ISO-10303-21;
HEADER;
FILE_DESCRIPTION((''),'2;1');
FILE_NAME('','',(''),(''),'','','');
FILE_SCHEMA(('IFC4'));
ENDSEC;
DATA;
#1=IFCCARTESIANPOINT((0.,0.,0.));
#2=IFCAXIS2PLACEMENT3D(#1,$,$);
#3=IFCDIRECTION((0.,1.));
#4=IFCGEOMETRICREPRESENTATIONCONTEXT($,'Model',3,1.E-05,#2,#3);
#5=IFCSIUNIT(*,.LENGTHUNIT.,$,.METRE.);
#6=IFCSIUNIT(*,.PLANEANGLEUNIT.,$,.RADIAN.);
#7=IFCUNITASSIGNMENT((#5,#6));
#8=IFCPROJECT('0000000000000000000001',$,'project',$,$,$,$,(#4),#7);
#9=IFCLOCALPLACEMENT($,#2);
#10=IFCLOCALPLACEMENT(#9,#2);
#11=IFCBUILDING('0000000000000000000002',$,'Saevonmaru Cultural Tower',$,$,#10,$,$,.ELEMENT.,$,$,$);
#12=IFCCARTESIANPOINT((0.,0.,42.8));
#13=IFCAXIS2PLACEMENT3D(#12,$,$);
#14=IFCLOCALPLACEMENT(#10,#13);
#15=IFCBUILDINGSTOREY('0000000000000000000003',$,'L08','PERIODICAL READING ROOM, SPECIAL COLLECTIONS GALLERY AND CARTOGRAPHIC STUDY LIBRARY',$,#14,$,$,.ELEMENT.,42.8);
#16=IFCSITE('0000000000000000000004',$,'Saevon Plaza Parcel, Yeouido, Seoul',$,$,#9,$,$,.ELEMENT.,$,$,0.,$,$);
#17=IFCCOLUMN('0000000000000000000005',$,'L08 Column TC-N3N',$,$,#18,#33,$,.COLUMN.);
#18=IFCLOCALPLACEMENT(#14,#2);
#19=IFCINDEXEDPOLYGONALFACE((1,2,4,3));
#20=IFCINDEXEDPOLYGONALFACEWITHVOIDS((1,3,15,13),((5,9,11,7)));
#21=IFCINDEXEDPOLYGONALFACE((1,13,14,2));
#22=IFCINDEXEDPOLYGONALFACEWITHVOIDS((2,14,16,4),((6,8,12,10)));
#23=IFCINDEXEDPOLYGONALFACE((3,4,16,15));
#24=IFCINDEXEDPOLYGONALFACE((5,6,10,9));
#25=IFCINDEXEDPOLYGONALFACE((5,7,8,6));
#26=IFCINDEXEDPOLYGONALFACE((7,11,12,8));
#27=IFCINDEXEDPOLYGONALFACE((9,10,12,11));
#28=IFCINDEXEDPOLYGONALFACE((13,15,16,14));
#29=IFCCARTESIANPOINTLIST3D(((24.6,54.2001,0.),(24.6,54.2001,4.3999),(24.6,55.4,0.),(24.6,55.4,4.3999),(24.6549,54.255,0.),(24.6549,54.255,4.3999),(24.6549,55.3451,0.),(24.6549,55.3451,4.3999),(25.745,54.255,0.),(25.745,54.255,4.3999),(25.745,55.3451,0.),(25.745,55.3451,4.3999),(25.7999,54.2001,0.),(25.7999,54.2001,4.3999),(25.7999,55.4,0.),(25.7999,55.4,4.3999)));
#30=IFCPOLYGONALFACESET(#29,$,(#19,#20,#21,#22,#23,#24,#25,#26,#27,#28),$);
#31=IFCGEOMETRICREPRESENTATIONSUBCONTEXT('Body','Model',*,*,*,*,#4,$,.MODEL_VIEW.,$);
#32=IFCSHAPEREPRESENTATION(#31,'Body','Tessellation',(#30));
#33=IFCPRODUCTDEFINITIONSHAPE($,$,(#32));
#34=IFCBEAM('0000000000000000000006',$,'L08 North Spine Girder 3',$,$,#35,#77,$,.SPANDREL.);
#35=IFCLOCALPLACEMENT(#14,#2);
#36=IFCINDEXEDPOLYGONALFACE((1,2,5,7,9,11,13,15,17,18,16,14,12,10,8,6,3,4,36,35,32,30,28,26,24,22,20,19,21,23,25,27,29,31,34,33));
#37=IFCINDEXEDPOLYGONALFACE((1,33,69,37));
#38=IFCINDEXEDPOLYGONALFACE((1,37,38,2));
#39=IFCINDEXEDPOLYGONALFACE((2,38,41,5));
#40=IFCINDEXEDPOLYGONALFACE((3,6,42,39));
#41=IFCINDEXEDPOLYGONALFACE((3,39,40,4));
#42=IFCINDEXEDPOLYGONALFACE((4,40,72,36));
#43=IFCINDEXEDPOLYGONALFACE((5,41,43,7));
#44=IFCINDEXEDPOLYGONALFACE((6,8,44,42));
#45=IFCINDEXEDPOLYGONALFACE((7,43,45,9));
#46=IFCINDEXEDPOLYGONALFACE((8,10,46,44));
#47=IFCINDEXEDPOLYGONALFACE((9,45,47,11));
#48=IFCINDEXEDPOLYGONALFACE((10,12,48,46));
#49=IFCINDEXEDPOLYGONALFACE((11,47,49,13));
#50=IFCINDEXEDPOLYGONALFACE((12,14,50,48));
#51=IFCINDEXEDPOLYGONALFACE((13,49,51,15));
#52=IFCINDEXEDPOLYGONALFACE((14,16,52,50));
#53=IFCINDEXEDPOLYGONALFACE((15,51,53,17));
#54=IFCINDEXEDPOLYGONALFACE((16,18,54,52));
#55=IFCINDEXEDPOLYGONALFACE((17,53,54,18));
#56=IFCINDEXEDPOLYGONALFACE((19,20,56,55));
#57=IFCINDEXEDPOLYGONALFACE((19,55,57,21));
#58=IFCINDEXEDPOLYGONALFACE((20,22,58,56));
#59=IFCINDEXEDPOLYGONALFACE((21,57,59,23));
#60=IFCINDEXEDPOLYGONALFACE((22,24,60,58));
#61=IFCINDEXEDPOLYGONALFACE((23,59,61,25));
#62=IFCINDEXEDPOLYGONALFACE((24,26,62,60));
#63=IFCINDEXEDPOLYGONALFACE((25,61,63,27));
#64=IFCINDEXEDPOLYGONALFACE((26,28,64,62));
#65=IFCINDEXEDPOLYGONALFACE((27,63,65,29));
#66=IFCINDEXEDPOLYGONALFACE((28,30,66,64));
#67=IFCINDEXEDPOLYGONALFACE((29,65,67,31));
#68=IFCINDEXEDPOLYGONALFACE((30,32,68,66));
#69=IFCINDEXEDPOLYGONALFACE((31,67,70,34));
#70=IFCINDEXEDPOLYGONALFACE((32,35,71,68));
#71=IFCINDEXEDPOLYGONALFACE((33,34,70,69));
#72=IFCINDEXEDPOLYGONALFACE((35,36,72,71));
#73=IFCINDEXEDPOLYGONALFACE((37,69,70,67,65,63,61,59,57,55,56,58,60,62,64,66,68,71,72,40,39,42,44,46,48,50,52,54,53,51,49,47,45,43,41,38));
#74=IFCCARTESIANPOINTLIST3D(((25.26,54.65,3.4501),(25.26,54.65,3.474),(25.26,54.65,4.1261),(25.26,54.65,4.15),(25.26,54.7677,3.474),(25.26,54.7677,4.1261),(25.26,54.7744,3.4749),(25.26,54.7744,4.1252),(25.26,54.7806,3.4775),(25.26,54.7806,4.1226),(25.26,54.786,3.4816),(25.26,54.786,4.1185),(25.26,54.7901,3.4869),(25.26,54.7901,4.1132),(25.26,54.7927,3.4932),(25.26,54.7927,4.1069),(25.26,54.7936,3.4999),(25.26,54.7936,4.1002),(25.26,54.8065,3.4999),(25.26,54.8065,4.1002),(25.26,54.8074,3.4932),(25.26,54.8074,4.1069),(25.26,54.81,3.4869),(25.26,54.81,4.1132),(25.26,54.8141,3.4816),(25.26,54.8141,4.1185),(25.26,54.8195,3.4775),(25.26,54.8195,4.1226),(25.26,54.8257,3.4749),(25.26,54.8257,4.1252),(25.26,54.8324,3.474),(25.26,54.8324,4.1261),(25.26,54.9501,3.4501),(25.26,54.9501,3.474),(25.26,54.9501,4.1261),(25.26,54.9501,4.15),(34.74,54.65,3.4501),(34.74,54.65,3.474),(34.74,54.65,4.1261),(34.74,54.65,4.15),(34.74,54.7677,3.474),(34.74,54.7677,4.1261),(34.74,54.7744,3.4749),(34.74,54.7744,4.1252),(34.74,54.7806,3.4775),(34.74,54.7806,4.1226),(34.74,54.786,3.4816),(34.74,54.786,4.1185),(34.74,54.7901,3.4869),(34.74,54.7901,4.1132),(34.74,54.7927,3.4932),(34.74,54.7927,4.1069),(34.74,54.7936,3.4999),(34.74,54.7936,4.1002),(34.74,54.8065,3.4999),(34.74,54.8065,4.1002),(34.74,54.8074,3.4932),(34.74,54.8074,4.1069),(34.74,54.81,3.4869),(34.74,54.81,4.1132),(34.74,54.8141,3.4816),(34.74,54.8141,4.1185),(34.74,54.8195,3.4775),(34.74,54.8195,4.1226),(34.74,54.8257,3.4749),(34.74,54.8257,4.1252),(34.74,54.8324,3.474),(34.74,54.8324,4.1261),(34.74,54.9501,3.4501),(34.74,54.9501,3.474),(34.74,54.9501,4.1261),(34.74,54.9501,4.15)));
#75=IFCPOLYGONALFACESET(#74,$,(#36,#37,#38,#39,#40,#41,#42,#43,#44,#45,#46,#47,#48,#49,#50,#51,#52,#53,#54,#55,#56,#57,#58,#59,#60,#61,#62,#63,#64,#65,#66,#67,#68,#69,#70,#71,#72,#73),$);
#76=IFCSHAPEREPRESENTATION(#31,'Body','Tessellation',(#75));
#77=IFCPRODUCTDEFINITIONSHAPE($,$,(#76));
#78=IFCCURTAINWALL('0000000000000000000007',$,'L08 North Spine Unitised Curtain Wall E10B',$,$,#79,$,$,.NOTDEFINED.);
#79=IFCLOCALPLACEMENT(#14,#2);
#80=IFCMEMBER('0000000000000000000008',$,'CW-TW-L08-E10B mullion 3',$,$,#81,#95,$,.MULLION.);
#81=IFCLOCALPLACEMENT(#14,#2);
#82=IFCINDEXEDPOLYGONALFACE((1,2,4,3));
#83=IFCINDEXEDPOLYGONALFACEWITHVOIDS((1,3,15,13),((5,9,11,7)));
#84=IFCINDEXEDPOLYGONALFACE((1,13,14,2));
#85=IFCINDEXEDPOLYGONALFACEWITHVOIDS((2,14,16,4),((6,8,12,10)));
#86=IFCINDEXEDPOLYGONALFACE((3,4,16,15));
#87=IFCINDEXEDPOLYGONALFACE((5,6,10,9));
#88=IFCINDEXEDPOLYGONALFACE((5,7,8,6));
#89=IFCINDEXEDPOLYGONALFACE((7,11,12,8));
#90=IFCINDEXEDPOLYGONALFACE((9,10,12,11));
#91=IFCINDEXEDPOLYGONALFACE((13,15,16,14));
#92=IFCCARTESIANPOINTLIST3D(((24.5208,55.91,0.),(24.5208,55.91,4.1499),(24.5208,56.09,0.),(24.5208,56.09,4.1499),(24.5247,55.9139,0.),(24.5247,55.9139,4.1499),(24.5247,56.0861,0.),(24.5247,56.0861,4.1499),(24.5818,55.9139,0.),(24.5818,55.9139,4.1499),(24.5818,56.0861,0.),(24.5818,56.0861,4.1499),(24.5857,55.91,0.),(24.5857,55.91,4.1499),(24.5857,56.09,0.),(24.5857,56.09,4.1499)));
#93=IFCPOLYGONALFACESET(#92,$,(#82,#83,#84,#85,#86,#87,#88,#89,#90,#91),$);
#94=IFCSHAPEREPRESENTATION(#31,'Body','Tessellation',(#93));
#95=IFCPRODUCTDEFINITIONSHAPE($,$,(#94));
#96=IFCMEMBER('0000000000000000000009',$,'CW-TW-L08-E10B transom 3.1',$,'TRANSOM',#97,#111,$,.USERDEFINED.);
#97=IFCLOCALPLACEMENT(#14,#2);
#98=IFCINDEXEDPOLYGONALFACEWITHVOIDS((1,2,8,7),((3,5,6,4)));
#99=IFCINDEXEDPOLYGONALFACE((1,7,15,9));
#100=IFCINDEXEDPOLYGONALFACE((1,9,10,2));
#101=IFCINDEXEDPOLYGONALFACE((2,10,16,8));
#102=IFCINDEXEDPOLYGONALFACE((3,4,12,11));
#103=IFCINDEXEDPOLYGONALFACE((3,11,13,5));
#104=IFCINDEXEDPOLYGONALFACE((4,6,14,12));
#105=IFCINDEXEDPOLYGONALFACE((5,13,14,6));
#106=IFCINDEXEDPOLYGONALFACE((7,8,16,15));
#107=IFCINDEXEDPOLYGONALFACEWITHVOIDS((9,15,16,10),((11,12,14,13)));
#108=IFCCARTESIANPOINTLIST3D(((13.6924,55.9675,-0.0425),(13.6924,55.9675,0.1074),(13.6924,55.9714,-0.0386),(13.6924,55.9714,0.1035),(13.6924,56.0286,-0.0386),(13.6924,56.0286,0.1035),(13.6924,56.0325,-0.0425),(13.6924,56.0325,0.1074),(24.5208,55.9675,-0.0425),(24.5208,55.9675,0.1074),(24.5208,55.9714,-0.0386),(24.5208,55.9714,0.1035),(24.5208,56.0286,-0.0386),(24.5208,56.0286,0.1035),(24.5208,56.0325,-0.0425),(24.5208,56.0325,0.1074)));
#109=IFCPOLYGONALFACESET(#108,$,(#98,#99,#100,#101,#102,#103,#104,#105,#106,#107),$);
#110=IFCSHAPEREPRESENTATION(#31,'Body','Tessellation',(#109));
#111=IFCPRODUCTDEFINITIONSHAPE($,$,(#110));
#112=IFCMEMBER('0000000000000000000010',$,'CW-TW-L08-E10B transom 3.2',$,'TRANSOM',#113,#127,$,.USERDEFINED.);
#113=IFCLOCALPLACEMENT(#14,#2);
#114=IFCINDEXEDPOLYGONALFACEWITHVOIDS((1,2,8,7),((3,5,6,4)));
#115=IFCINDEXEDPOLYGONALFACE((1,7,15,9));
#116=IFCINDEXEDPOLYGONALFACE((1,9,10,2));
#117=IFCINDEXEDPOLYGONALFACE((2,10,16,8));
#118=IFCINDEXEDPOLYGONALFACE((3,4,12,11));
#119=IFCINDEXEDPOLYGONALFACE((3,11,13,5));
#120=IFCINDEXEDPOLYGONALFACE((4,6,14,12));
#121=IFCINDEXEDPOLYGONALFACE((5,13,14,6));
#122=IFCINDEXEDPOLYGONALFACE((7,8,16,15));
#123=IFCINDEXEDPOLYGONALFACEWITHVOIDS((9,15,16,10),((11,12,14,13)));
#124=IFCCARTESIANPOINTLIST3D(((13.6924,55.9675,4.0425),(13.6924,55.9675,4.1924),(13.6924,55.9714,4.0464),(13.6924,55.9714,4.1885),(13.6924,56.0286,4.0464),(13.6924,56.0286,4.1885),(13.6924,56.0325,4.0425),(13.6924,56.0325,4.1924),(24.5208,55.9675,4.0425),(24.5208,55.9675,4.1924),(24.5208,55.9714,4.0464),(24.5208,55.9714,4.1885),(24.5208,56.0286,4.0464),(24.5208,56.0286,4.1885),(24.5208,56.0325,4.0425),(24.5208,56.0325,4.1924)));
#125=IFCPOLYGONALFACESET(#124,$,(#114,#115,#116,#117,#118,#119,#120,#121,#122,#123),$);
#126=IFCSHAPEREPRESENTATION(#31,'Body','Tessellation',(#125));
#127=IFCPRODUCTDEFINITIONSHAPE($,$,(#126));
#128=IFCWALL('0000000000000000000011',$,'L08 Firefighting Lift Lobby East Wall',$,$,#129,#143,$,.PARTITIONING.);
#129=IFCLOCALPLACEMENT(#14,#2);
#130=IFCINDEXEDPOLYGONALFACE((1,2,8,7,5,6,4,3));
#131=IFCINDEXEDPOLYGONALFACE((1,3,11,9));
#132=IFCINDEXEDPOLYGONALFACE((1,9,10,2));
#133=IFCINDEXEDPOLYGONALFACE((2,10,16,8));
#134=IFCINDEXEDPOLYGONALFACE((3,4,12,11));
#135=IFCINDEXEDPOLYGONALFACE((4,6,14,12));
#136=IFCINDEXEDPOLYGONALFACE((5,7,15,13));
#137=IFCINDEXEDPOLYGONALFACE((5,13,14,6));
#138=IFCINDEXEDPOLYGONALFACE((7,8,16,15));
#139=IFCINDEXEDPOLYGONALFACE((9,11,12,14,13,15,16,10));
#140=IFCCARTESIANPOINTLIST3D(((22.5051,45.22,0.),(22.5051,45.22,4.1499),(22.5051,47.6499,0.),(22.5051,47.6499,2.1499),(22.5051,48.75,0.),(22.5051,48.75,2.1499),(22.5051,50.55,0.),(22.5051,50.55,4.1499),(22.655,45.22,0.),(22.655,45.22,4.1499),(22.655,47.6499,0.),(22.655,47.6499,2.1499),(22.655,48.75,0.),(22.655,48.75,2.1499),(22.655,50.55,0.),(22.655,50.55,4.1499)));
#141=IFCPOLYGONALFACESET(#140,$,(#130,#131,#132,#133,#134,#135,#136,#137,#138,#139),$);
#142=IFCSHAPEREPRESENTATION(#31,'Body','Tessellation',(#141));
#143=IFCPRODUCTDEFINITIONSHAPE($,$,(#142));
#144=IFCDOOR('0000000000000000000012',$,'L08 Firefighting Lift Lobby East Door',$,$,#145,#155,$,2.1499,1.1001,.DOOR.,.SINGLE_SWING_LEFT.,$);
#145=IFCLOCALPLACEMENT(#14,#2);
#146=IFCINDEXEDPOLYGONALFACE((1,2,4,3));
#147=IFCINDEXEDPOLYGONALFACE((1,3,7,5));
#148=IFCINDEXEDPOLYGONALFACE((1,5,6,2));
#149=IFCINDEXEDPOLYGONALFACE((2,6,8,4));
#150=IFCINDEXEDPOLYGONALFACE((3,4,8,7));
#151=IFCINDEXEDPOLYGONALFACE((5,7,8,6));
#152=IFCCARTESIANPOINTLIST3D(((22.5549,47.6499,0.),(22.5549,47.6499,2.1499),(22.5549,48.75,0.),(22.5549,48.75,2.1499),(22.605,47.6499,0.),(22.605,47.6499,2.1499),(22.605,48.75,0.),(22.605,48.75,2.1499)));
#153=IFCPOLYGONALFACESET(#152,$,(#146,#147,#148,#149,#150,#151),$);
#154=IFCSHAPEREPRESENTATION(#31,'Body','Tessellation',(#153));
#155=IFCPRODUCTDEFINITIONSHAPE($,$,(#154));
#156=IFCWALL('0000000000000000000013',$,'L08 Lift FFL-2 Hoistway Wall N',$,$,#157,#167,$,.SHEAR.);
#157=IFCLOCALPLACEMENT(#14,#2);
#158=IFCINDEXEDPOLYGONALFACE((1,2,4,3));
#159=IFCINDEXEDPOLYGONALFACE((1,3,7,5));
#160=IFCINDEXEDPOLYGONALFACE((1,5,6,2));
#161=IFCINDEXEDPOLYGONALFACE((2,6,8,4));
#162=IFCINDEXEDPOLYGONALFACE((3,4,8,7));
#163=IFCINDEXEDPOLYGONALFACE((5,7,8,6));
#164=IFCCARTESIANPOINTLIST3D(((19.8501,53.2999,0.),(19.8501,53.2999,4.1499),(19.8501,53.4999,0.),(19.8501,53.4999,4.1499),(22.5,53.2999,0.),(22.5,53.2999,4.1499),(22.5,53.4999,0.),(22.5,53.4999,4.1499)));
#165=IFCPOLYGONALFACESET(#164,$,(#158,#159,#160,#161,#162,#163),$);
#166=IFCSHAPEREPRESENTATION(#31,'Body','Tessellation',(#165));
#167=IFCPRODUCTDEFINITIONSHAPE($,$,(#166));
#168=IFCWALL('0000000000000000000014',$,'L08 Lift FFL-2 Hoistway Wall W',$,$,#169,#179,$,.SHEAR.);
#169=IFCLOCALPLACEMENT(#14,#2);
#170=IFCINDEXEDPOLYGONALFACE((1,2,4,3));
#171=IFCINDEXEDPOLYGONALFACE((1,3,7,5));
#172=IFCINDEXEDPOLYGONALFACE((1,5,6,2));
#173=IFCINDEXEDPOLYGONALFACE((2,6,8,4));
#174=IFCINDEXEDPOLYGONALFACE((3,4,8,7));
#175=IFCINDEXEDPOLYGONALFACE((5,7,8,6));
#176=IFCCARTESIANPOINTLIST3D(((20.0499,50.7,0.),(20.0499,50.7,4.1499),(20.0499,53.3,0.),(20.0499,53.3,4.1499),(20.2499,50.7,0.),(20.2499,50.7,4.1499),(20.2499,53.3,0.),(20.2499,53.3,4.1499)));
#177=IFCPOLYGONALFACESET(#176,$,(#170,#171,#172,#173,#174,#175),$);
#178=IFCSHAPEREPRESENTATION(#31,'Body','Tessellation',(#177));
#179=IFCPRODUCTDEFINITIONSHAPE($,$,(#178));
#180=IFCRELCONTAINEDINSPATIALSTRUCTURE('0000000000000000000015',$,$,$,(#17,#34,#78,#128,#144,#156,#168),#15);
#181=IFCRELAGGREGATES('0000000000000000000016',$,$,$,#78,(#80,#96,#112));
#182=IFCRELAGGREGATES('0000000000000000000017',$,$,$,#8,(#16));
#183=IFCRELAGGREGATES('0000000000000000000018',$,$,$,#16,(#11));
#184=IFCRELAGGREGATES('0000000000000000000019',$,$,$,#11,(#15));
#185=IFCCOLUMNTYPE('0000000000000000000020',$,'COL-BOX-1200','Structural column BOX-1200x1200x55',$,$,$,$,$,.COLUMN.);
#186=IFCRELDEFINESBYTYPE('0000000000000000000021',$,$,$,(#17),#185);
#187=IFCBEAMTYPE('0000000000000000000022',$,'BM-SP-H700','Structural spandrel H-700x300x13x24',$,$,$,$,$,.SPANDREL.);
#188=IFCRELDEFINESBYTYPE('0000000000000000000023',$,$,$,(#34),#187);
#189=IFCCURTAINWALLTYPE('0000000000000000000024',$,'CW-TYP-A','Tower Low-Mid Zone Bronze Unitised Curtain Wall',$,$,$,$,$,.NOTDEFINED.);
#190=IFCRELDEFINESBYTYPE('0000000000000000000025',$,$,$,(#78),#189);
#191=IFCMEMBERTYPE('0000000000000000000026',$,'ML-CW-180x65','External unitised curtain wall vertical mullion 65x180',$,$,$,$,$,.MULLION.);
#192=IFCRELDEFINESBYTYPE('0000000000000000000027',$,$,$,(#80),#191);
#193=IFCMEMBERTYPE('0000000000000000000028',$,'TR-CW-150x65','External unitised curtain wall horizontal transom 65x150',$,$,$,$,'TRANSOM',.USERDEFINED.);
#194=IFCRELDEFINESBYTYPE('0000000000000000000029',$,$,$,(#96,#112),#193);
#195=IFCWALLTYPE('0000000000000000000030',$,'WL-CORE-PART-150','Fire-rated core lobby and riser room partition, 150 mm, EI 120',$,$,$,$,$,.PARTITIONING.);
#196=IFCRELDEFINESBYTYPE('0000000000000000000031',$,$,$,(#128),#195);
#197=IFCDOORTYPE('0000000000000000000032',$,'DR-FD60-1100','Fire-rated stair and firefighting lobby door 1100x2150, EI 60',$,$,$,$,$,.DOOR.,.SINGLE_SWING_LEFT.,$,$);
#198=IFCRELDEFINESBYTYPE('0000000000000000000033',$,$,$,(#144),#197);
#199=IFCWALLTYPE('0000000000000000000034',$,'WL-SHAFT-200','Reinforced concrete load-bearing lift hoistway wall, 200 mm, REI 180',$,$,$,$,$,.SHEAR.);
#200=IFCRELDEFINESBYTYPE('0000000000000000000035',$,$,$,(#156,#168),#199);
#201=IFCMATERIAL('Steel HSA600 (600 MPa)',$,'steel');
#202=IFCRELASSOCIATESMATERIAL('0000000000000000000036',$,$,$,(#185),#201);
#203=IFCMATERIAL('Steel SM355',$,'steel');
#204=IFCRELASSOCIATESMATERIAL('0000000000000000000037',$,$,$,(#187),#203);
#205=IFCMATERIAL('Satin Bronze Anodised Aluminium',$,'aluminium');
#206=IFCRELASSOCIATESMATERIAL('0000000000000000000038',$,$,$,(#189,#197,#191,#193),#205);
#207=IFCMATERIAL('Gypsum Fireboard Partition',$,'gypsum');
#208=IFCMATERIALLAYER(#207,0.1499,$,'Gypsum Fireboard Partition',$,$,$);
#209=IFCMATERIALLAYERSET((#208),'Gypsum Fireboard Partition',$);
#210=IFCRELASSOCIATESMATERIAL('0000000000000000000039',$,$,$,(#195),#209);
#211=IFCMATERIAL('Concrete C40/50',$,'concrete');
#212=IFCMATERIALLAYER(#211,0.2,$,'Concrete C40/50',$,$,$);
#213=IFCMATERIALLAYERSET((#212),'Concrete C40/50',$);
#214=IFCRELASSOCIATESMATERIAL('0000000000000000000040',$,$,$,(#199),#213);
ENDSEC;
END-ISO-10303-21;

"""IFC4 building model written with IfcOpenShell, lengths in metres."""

from ifc_helpers import new_model, si_unit, direction, frame, frame_2d, origin, origin_2d, place, context, subcontext, project, spatial, rectangle, hollow_rectangle, i_section, extrude, material, layer, layer_set, material_profile, profile_set, type_object, element, fill, aggregate, save


model = new_model("IFC4")

# Units and contexts
model_context = context("Model", 3, precision=1e-05, world=origin(), true_north=direction((0.0, 1.0)))
body_context = subcontext(model_context, "Body", "Model", "MODEL_VIEW")
ifc_project = project(units=[si_unit("LENGTHUNIT", "METRE"), si_unit("PLANEANGLEUNIT", "RADIAN")], contexts=[model_context])

# Site, building, storey
site_placement = place(None, origin())
site = spatial("IfcSite", under=ifc_project, at=site_placement, Name="Saevon Plaza Parcel, Yeouido, Seoul", CompositionType="ELEMENT", RefElevation=0.0)
building_placement = place(site_placement, origin())
building = spatial("IfcBuilding", under=site, at=building_placement, Name="Saevonmaru Cultural Tower", CompositionType="ELEMENT")
storey_placement = place(building_placement, frame((0.0, 0.0, 42.8)))
storey = spatial("IfcBuildingStorey", under=building, at=storey_placement, Name="L08", Description="PERIODICAL READING ROOM, SPECIAL COLLECTIONS GALLERY AND CARTOGRAPHIC STUDY LIBRARY", CompositionType="ELEMENT", Elevation=42.8)

# Column
ifc_material_1 = material(Name="Steel HSA600 (600 MPa)", Category="steel")
ifc_material_profile_1 = material_profile(ifc_material_1, hollow_rectangle(XDim=1.2, YDim=1.2, WallThickness=0.0549, at=origin_2d()), Name="BOX-1200x1200x55")
ifc_profile_set_1 = profile_set([ifc_material_profile_1], Name="Steel HSA600 (600 MPa)")
column_type = type_object("IfcColumnType", Name="COL-BOX-1200", Description="Structural column BOX-1200x1200x55", PredefinedType="COLUMN", material=ifc_profile_set_1)
column_placement = place(storey_placement, frame((25.2, 54.8, 0.0), z_axis=(0.0, 0.0, 1.0), x_axis=(1.0, 0.0, 0.0)))
element("IfcColumn", 1, at=column_placement, inside=storey, type_object=column_type, Name="L08 Column TC-N3N", PredefinedType="COLUMN", context=body_context, shape_type="SweptSolid", body=[
    extrude(hollow_rectangle(XDim=1.2, YDim=1.2, WallThickness=0.0549, at=origin_2d()), origin(), (0.0, 0.0, 1.0), 4.3999),
])

# Beam
ifc_material_2 = material(Name="Steel SM355", Category="steel")
ifc_material_profile_2 = material_profile(ifc_material_2, i_section(OverallWidth=0.3, OverallDepth=0.7, WebThickness=0.0129, FlangeThickness=0.0239, FilletRadius=0.0259, at=origin_2d()), Name="H-700x300x13x24")
ifc_profile_set_2 = profile_set([ifc_material_profile_2], Name="Steel SM355")
beam_type = type_object("IfcBeamType", Name="BM-SP-H700", Description="Structural spandrel H-700x300x13x24", PredefinedType="SPANDREL", material=ifc_profile_set_2)
beam_placement = place(storey_placement, frame((25.26, 54.8, 3.8), z_axis=(1.0, 0.0, 0.0), x_axis=(0.0, 1.0, 0.0)))
element("IfcBeam", 2, at=beam_placement, inside=storey, type_object=beam_type, Name="L08 North Spine Girder 3", PredefinedType="SPANDREL", context=body_context, shape_type="SweptSolid", body=[
    extrude(i_section(OverallWidth=0.3, OverallDepth=0.7, WebThickness=0.0129, FlangeThickness=0.0239, FilletRadius=0.0259, at=origin_2d()), origin(), (0.0, 0.0, 1.0), 9.48),
])

# Curtain wall, members
ifc_material_3 = material(Name="Satin Bronze Anodised Aluminium", Category="aluminium")
curtain_wall_type = type_object("IfcCurtainWallType", Name="CW-TYP-A", Description="Tower Low-Mid Zone Bronze Unitised Curtain Wall", PredefinedType="NOTDEFINED", material=ifc_material_3)
curtain_wall_placement = place(storey_placement, origin())
curtain_wall = element("IfcCurtainWall", 3, at=curtain_wall_placement, inside=storey, type_object=curtain_wall_type, Name="L08 North Spine Unitised Curtain Wall E10B", PredefinedType="NOTDEFINED")
ifc_material_profile_3 = material_profile(ifc_material_3, hollow_rectangle(XDim=0.0649, YDim=0.1799, WallThickness=0.0039, at=origin_2d()), Name="ALU-MULL-180x65x4")
ifc_profile_set_3 = profile_set([ifc_material_profile_3], Name="Satin Bronze Anodised Aluminium")
member_type_1 = type_object("IfcMemberType", Name="ML-CW-180x65", Description="External unitised curtain wall vertical mullion 65x180", PredefinedType="MULLION", material=ifc_profile_set_3)
member_1_placement = place(storey_placement, frame((24.5532, 56.0, 0.0), z_axis=(0.0, 0.0, 1.0), x_axis=(-1.0, 0.0, 0.0)))
member_1 = element("IfcMember", 4, at=member_1_placement, type_object=member_type_1, Name="CW-TW-L08-E10B mullion 3", PredefinedType="MULLION", context=body_context, shape_type="SweptSolid", body=[
    extrude(hollow_rectangle(XDim=0.0649, YDim=0.1799, WallThickness=0.0039, at=origin_2d()), origin(), (0.0, 0.0, 1.0), 4.1499),
])
ifc_material_profile_4 = material_profile(ifc_material_3, hollow_rectangle(XDim=0.0649, YDim=0.1499, WallThickness=0.0039, at=origin_2d()), Name="ALU-TRAN-150x65x4")
ifc_profile_set_4 = profile_set([ifc_material_profile_4], Name="Satin Bronze Anodised Aluminium")
member_type_2 = type_object("IfcMemberType", Name="TR-CW-150x65", Description="External unitised curtain wall horizontal transom 65x150", ElementType="TRANSOM", PredefinedType="USERDEFINED", material=ifc_profile_set_4)
member_2_placement = place(storey_placement, frame((24.5208, 56.0, 0.0325), z_axis=(-1.0, 0.0, 0.0), x_axis=(0.0, -1.0, 0.0)))
member_2 = element("IfcMember", 5, at=member_2_placement, type_object=member_type_2, Name="CW-TW-L08-E10B transom 3.1", ObjectType="TRANSOM", PredefinedType="USERDEFINED", context=body_context, shape_type="SweptSolid", body=[
    extrude(hollow_rectangle(XDim=0.0649, YDim=0.1499, WallThickness=0.0039, at=origin_2d()), origin(), (0.0, 0.0, 1.0), 10.8284),
])
member_3_placement = place(storey_placement, frame((24.5208, 56.0, 4.1174), z_axis=(-1.0, 0.0, 0.0), x_axis=(0.0, -1.0, 0.0)))
member_3 = element("IfcMember", 6, at=member_3_placement, type_object=member_type_2, Name="CW-TW-L08-E10B transom 3.2", ObjectType="TRANSOM", PredefinedType="USERDEFINED", context=body_context, shape_type="SweptSolid", body=[
    extrude(hollow_rectangle(XDim=0.0649, YDim=0.1499, WallThickness=0.0039, at=origin_2d()), origin(), (0.0, 0.0, 1.0), 10.8284),
])
aggregate(curtain_wall, [member_1, member_2, member_3])

# Wall, opening, door
ifc_material_4 = material(Name="Gypsum Fireboard Partition", Category="gypsum")
ifc_layer_1 = layer(ifc_material_4, 0.1499, Name="Gypsum Fireboard Partition")
ifc_layer_set_1 = layer_set([ifc_layer_1], Name="Gypsum Fireboard Partition")
wall_type_1 = type_object("IfcWallType", Name="WL-CORE-PART-150", Description="Fire-rated core lobby and riser room partition, 150 mm, EI 120", PredefinedType="PARTITIONING", material=ifc_layer_set_1)
wall_1_placement = place(storey_placement, frame((22.5801, 50.55, 0.0), z_axis=(0.0, 0.0, 1.0), x_axis=(0.0, -1.0, 0.0)))
wall_1 = element("IfcWall", 7, at=wall_1_placement, inside=storey, type_object=wall_type_1, Name="L08 Firefighting Lift Lobby East Wall", PredefinedType="PARTITIONING", context=body_context, shape_type="SweptSolid", body=[
    extrude(rectangle(XDim=5.3301, YDim=0.1499, at=frame_2d((2.665, 0.0))), origin(), (0.0, 0.0, 1.0), 4.1499),
])
opening_1_placement = place(wall_1_placement, frame((1.8, 0.0, 0.0)))
opening_1 = element("IfcOpeningElement", 8, at=opening_1_placement, cuts=wall_1, PredefinedType="OPENING", context=body_context, shape_type="SweptSolid", body=[
    extrude(rectangle(XDim=1.1001, YDim=2.1499, at=frame_2d((0.55, 1.075))), frame((0.0, 0.085, 0.0), z_axis=(0.0, -1.0, 0.0), x_axis=(1.0, 0.0, 0.0)), (0.0, 0.0, 1.0), 0.1699),
])
door_type_1 = type_object("IfcDoorType", Name="DR-FD60-1100", Description="Fire-rated stair and firefighting lobby door 1100x2150, EI 60", OperationType="SINGLE_SWING_LEFT", PredefinedType="DOOR", material=ifc_material_3)
door_1_placement = place(opening_1_placement, origin())
door_1 = element("IfcDoor", 9, at=door_1_placement, inside=storey, type_object=door_type_1, Name="L08 Firefighting Lift Lobby East Door", OperationType="SINGLE_SWING_LEFT", OverallHeight=2.1499, OverallWidth=1.1001, PredefinedType="DOOR", context=body_context, shape_type="SweptSolid", body=[
    extrude(rectangle(XDim=1.1001, YDim=2.1499, at=frame_2d((0.55, 1.075))), frame((0.0, 0.0249, 0.0), z_axis=(0.0, -1.0, 0.0), x_axis=(1.0, 0.0, 0.0)), (0.0, 0.0, 1.0), 0.05),
])
fill(opening_1, door_1)

# Walls
ifc_material_5 = material(Name="Concrete C40/50", Category="concrete")
ifc_layer_2 = layer(ifc_material_5, 0.2, Name="Concrete C40/50")
ifc_layer_set_2 = layer_set([ifc_layer_2], Name="Concrete C40/50")
wall_type_2 = type_object("IfcWallType", Name="WL-SHAFT-200", Description="Reinforced concrete load-bearing lift hoistway wall, 200 mm, REI 180", PredefinedType="SHEAR", material=ifc_layer_set_2)
wall_2_placement = place(storey_placement, frame((19.8501, 53.3999, 0.0), z_axis=(0.0, 0.0, 1.0), x_axis=(1.0, 0.0, 0.0)))
element("IfcWall", 10, at=wall_2_placement, inside=storey, type_object=wall_type_2, Name="L08 Lift FFL-2 Hoistway Wall N", PredefinedType="SHEAR", context=body_context, shape_type="SweptSolid", body=[
    extrude(rectangle(XDim=2.6499, YDim=0.2, at=frame_2d((1.325, 0.0))), origin(), (0.0, 0.0, 1.0), 4.1499),
])
for number, where, z_axis, x_axis, name in (
    (11, (20.1499, 50.7, 0.0), (0.0, 0.0, 1.0), (0.0, 1.0, 0.0), "L08 Lift FFL-2 Hoistway Wall W"),
):
    element("IfcWall", number, at=place(storey_placement, frame(where, z_axis=z_axis, x_axis=x_axis)), inside=storey, type_object=wall_type_2, Name=name, PredefinedType="SHEAR", context=body_context, shape_type="SweptSolid", body=[
        extrude(rectangle(XDim=2.6001, YDim=0.2, at=frame_2d((1.3, 0.0))), origin(), (0.0, 0.0, 1.0), 4.1499),
    ])

save(model, "model.ifc")
